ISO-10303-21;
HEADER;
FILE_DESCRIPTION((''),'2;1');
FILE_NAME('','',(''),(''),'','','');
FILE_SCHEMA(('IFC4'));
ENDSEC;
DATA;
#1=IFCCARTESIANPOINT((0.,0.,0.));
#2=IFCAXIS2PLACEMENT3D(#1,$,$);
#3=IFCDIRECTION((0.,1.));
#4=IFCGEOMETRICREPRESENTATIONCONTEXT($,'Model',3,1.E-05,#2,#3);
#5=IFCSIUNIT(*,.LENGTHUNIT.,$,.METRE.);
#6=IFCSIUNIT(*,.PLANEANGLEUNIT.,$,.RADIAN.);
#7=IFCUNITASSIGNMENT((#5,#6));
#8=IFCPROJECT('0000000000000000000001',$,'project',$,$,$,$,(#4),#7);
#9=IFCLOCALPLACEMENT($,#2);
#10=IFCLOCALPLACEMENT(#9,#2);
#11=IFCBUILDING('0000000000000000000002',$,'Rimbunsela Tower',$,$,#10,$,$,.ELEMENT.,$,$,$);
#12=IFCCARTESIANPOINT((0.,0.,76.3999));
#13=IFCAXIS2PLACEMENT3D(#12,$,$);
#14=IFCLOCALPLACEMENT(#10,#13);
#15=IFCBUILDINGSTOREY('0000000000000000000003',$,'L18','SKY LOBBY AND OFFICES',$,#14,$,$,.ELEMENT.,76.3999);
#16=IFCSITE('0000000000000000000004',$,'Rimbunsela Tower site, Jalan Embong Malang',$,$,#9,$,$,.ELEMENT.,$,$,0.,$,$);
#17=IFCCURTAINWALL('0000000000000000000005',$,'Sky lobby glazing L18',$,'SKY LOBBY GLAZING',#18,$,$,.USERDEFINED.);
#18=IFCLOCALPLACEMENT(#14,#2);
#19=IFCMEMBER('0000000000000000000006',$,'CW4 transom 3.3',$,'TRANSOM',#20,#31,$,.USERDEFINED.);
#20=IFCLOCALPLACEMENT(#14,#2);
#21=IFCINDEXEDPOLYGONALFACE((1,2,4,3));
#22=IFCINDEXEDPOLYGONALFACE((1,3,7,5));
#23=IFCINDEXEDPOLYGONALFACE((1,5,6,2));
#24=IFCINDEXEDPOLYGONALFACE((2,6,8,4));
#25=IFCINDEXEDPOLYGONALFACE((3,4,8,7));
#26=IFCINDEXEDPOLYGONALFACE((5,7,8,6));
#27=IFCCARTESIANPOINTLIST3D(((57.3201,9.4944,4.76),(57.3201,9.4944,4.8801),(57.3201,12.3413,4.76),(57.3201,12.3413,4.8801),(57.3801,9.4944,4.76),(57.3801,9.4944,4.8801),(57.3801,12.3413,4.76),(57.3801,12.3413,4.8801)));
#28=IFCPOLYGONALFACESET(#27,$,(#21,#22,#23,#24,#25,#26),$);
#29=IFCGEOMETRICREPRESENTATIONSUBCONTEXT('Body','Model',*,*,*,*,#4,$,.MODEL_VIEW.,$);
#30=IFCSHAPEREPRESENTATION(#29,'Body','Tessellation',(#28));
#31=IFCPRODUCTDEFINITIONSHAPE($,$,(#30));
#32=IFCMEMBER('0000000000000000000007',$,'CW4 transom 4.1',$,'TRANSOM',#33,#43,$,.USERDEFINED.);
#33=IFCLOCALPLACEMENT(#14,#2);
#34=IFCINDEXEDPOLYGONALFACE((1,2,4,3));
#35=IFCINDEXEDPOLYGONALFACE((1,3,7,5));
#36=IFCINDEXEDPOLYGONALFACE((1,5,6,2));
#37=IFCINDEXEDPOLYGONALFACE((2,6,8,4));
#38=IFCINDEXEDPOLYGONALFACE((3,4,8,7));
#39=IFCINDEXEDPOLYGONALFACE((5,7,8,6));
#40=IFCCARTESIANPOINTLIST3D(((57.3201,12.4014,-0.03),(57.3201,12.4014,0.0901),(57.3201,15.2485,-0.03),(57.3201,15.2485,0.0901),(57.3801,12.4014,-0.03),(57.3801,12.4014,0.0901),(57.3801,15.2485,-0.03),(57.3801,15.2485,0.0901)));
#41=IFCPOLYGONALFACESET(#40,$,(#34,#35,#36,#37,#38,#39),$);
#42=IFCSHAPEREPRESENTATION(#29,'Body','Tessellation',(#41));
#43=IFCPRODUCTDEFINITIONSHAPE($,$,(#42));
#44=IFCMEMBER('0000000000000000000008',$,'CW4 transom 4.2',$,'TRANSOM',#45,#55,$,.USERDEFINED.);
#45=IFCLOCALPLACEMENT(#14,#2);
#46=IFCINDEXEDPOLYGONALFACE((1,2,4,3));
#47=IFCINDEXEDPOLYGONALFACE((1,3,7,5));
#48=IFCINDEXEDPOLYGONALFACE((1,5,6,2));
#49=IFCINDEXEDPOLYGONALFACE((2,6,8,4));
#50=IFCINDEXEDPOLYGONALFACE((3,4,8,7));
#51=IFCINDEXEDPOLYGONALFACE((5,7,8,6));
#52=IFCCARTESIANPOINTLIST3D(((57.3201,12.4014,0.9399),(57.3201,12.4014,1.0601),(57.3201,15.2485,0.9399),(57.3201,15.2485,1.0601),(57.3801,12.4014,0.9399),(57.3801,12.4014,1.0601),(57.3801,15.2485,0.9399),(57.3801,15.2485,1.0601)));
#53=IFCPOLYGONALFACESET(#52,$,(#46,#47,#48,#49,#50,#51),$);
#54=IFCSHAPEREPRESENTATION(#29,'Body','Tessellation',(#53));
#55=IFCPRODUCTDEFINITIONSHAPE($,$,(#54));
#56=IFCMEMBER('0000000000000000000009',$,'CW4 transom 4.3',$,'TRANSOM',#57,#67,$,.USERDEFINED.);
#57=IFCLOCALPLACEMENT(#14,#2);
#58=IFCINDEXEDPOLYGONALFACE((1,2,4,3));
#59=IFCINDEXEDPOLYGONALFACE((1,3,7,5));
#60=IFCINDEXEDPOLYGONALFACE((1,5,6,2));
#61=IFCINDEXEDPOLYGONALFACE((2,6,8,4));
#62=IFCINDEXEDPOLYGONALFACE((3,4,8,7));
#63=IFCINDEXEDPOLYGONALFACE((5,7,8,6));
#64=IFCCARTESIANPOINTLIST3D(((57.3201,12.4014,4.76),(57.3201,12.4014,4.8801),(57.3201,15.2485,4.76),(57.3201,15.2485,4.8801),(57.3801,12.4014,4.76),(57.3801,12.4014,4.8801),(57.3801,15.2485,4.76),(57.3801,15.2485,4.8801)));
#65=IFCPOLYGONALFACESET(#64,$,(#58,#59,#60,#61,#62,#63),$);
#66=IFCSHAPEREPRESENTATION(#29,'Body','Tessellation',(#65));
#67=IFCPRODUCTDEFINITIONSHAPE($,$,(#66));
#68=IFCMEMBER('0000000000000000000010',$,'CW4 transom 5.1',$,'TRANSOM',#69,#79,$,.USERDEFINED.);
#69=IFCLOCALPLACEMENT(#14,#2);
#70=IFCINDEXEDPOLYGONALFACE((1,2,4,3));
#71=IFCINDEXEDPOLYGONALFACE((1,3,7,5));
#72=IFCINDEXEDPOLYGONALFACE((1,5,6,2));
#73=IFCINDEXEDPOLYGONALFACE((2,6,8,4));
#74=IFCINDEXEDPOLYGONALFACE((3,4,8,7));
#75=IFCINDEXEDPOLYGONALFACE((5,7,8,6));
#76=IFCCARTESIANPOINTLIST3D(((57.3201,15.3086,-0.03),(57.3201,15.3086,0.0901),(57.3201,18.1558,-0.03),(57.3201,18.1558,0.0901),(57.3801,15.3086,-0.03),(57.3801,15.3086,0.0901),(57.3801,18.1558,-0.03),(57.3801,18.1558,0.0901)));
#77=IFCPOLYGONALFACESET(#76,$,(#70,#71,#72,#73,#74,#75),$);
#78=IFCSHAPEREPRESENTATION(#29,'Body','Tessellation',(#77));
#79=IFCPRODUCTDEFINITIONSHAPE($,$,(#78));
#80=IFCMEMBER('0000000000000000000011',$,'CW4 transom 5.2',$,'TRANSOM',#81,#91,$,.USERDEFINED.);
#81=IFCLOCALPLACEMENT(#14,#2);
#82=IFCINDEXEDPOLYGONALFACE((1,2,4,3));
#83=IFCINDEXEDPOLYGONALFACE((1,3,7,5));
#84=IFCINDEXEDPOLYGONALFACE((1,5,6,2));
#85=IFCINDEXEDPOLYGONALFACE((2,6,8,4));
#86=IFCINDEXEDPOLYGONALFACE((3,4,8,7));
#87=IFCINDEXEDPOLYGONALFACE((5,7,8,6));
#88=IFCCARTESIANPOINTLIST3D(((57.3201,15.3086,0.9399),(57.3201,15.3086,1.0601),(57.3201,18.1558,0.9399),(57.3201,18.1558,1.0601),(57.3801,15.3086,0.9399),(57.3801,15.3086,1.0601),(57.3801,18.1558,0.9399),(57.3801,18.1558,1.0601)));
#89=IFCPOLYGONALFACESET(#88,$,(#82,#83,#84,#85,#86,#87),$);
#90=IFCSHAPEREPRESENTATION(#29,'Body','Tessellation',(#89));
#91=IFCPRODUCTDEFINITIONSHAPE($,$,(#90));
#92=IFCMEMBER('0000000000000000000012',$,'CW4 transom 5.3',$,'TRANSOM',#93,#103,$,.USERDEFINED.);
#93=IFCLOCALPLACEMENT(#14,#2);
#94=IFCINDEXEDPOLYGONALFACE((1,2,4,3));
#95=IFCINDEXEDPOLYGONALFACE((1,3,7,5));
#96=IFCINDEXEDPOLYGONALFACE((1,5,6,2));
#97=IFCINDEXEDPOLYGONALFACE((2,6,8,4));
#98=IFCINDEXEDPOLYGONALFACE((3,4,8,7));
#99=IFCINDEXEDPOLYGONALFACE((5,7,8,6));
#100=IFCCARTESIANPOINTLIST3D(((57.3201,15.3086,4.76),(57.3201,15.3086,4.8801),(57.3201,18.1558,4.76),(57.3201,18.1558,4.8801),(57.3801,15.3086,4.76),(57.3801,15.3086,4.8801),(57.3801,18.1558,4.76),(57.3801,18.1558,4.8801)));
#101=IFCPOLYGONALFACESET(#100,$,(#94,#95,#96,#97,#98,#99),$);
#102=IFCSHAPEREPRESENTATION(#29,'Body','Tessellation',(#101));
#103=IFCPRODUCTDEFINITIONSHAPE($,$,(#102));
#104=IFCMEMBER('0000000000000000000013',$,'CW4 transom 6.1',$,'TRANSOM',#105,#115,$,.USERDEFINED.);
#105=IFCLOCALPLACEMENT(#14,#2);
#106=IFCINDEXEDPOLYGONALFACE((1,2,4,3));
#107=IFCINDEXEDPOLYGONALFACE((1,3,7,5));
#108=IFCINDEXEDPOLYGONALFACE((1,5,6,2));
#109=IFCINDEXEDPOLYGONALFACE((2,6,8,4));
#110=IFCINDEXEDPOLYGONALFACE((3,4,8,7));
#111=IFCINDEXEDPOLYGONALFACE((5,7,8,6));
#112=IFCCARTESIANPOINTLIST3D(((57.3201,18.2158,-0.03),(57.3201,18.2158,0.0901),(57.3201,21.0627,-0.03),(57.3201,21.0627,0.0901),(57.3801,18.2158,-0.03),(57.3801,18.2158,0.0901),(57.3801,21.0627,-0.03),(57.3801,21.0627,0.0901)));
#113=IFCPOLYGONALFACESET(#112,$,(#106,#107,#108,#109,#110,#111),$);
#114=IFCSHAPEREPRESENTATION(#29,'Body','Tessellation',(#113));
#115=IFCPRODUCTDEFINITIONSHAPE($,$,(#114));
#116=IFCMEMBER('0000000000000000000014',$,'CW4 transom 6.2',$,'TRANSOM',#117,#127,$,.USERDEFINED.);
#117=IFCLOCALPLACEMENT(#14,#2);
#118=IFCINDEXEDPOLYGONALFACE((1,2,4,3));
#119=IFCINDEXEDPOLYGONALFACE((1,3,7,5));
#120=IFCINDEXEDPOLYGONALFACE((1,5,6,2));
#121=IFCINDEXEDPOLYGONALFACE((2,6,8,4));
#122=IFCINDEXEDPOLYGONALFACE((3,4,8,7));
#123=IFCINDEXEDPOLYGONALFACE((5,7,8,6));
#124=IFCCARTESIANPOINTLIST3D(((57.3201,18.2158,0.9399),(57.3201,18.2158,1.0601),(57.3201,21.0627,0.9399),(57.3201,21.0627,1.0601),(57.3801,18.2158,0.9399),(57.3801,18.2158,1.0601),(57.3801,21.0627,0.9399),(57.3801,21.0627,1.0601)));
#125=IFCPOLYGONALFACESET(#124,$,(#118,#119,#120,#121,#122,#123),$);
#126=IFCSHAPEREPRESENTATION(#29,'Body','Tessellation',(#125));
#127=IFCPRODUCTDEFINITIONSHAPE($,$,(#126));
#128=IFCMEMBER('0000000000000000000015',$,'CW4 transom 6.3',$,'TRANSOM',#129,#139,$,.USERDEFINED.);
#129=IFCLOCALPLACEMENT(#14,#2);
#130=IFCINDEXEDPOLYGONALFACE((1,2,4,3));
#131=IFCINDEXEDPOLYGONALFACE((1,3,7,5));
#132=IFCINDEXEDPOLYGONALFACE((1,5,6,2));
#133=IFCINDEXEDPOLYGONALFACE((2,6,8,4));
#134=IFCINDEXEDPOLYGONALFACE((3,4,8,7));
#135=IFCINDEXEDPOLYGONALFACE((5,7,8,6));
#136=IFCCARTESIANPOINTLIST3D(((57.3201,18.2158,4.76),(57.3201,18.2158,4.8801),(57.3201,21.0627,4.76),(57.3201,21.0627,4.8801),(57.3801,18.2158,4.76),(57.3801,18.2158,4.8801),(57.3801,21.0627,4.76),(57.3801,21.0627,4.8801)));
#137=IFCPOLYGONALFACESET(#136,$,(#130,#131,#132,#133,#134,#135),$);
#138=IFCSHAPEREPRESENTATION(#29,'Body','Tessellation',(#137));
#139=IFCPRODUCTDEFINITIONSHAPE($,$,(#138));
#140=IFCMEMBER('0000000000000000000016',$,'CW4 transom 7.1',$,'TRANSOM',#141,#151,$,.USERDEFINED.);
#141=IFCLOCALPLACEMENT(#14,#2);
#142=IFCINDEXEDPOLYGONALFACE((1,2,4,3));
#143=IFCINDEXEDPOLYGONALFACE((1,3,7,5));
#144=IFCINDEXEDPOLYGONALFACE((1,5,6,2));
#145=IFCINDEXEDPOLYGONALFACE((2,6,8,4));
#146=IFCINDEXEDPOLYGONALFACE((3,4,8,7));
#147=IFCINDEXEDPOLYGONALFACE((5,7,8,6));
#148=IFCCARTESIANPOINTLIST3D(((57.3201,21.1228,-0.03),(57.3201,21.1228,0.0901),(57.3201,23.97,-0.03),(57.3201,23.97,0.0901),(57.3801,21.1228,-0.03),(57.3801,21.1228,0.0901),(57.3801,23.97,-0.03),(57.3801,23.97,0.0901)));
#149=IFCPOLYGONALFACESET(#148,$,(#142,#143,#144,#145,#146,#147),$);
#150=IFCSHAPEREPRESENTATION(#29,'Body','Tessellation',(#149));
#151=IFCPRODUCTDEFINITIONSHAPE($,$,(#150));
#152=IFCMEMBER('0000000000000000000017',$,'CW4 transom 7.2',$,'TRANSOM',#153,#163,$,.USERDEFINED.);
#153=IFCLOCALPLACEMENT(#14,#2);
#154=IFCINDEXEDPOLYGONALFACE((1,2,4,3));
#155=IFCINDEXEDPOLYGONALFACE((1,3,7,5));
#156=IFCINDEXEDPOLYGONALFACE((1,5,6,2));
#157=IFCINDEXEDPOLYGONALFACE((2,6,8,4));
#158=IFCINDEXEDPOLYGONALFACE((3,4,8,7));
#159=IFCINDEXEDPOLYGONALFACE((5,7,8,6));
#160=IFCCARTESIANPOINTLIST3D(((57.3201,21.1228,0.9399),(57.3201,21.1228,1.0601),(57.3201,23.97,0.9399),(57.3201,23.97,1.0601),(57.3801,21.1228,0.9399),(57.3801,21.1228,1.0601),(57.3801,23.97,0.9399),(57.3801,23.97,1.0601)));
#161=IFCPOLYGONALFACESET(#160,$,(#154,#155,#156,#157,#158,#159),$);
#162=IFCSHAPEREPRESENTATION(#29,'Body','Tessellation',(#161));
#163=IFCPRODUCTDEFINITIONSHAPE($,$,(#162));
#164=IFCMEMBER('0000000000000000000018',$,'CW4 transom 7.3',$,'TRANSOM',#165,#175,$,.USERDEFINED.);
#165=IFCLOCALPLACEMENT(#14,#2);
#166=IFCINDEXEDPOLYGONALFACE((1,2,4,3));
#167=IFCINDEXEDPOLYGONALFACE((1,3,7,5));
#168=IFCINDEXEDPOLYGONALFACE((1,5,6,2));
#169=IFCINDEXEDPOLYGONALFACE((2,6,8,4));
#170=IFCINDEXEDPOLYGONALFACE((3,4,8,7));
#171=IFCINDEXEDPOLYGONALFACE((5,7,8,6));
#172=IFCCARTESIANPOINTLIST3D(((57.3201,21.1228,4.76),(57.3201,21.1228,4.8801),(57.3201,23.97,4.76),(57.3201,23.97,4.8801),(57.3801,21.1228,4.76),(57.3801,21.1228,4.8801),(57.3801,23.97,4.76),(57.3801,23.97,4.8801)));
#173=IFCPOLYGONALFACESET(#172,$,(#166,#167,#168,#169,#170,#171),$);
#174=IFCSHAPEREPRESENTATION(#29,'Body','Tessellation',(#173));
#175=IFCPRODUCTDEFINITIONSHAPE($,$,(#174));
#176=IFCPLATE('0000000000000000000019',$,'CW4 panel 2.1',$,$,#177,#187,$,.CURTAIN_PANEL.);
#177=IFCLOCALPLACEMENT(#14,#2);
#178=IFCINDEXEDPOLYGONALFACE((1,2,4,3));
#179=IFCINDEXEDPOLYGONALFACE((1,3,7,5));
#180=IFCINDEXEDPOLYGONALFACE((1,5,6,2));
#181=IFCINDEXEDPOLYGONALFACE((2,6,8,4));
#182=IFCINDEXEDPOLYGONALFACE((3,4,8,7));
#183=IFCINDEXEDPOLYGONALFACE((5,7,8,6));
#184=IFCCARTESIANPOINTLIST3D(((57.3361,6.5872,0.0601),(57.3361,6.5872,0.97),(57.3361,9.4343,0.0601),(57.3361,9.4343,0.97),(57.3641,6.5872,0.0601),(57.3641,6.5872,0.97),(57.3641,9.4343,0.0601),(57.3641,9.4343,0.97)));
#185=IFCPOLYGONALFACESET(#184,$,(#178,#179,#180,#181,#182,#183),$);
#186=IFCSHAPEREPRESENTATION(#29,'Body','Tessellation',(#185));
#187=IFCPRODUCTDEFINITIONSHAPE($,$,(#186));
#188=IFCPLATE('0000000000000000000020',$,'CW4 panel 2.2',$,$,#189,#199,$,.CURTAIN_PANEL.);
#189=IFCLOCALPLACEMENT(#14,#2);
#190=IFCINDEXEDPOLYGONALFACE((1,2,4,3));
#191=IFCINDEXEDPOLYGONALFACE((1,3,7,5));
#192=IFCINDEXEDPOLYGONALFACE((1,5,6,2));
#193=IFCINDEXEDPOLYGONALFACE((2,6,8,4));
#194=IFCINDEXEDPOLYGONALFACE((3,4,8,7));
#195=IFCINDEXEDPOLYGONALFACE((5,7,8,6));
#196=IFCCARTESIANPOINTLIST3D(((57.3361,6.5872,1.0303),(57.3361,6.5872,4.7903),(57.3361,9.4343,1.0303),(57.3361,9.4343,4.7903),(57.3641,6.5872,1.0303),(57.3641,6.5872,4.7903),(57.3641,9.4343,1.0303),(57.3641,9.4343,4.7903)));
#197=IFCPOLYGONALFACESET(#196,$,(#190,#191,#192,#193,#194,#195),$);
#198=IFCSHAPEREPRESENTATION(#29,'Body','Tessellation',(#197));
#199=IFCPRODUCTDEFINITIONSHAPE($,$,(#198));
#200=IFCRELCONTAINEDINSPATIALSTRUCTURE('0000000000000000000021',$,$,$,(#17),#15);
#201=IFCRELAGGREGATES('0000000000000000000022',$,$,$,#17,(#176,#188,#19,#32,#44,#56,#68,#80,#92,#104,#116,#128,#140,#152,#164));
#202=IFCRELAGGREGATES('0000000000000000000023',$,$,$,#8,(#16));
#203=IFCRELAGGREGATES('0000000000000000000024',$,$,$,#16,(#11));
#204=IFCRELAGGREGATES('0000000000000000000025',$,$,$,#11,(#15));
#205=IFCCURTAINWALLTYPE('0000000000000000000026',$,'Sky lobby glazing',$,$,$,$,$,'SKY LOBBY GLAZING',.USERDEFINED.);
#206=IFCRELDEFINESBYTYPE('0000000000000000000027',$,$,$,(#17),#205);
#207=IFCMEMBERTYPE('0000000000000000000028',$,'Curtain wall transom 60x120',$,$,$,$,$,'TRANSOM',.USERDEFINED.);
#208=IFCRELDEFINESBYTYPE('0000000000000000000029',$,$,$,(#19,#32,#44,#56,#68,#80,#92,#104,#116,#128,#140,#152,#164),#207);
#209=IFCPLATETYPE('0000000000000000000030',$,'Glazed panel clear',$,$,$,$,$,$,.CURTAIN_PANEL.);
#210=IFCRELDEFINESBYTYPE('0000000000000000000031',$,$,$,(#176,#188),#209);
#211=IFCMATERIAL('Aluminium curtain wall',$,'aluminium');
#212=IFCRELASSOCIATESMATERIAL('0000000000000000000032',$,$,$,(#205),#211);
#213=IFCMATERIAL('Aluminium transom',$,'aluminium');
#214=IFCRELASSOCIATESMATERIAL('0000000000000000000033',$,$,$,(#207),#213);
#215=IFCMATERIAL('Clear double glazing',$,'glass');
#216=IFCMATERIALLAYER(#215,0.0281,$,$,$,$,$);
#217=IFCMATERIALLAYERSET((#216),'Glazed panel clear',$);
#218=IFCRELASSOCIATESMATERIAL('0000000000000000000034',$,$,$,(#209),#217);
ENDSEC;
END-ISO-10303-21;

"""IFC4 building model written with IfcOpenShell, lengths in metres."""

from ifc_helpers import new_model, si_unit, direction, frame, origin, origin_2d, place, context, subcontext, project, spatial, rectangle, extrude, material, layer, layer_set, material_profile, profile_set, type_object, element, aggregate, save


model = new_model("IFC4")

# Units and contexts
model_context = context("Model", 3, precision=1e-05, world=origin(), true_north=direction((0.0, 1.0)))
body_context = subcontext(model_context, "Body", "Model", "MODEL_VIEW")
ifc_project = project(units=[si_unit("LENGTHUNIT", "METRE"), si_unit("PLANEANGLEUNIT", "RADIAN")], contexts=[model_context])

# Site, building, storey
site_placement = place(None, origin())
site = spatial("IfcSite", under=ifc_project, at=site_placement, Name="Rimbunsela Tower site, Jalan Embong Malang", CompositionType="ELEMENT", RefElevation=0.0)
building_placement = place(site_placement, origin())
building = spatial("IfcBuilding", under=site, at=building_placement, Name="Rimbunsela Tower", CompositionType="ELEMENT")
storey_placement = place(building_placement, frame((0.0, 0.0, 76.3999)))
storey = spatial("IfcBuildingStorey", under=building, at=storey_placement, Name="L18", Description="SKY LOBBY AND OFFICES", CompositionType="ELEMENT", Elevation=76.3999)

# Curtain wall, members, plates
ifc_material_1 = material(Name="Aluminium curtain wall", Category="aluminium")
curtain_wall_type = type_object("IfcCurtainWallType", Name="Sky lobby glazing", ElementType="SKY LOBBY GLAZING", PredefinedType="USERDEFINED", material=ifc_material_1)
curtain_wall_placement = place(storey_placement, origin())
curtain_wall = element("IfcCurtainWall", 1, at=curtain_wall_placement, inside=storey, type_object=curtain_wall_type, Name="Sky lobby glazing L18", ObjectType="SKY LOBBY GLAZING", PredefinedType="USERDEFINED")
ifc_material_2 = material(Name="Aluminium transom", Category="aluminium")
ifc_material_profile_1 = material_profile(ifc_material_2, rectangle(XDim=0.0601, YDim=0.1201, at=origin_2d()), Name="Transom 60x120")
ifc_profile_set_1 = profile_set([ifc_material_profile_1], Name="Aluminium transom")
member_type_1 = type_object("IfcMemberType", Name="Curtain wall transom 60x120", ElementType="TRANSOM", PredefinedType="USERDEFINED", material=ifc_profile_set_1)
member_1_placement = place(storey_placement, frame((57.3501, 9.4944, 4.8201), z_axis=(0.0, 1.0, 0.0), x_axis=(-1.0, 0.0, 0.0)))
member_1 = element("IfcMember", 2, at=member_1_placement, type_object=member_type_1, Name="CW4 transom 3.3", ObjectType="TRANSOM", PredefinedType="USERDEFINED", context=body_context, shape_type="SweptSolid", body=[
    extrude(rectangle(XDim=0.0601, YDim=0.1201, at=origin_2d()), origin(), (0.0, 0.0, 1.0), 2.8469),
])
member_2_placement = place(storey_placement, frame((57.3501, 12.4014, 0.03), z_axis=(0.0, 1.0, 0.0), x_axis=(-1.0, 0.0, 0.0)))
member_2 = element("IfcMember", 3, at=member_2_placement, type_object=member_type_1, Name="CW4 transom 4.1", ObjectType="TRANSOM", PredefinedType="USERDEFINED", context=body_context, shape_type="SweptSolid", body=[
    extrude(rectangle(XDim=0.0601, YDim=0.1201, at=origin_2d()), origin(), (0.0, 0.0, 1.0), 2.8472),
])
member_3_placement = place(storey_placement, frame((57.3501, 12.4014, 1.0), z_axis=(0.0, 1.0, 0.0), x_axis=(-1.0, 0.0, 0.0)))
member_3 = element("IfcMember", 4, at=member_3_placement, type_object=member_type_1, Name="CW4 transom 4.2", ObjectType="TRANSOM", PredefinedType="USERDEFINED", context=body_context, shape_type="SweptSolid", body=[
    extrude(rectangle(XDim=0.0601, YDim=0.1201, at=origin_2d()), origin(), (0.0, 0.0, 1.0), 2.8472),
])
member_4_placement = place(storey_placement, frame((57.3501, 12.4014, 4.8201), z_axis=(0.0, 1.0, 0.0), x_axis=(-1.0, 0.0, 0.0)))
member_4 = element("IfcMember", 5, at=member_4_placement, type_object=member_type_1, Name="CW4 transom 4.3", ObjectType="TRANSOM", PredefinedType="USERDEFINED", context=body_context, shape_type="SweptSolid", body=[
    extrude(rectangle(XDim=0.0601, YDim=0.1201, at=origin_2d()), origin(), (0.0, 0.0, 1.0), 2.8472),
])
member_5_placement = place(storey_placement, frame((57.3501, 15.3086, 0.03), z_axis=(0.0, 1.0, 0.0), x_axis=(-1.0, 0.0, 0.0)))
member_5 = element("IfcMember", 6, at=member_5_placement, type_object=member_type_1, Name="CW4 transom 5.1", ObjectType="TRANSOM", PredefinedType="USERDEFINED", context=body_context, shape_type="SweptSolid", body=[
    extrude(rectangle(XDim=0.0601, YDim=0.1201, at=origin_2d()), origin(), (0.0, 0.0, 1.0), 2.8472),
])
member_6_placement = place(storey_placement, frame((57.3501, 15.3086, 1.0), z_axis=(0.0, 1.0, 0.0), x_axis=(-1.0, 0.0, 0.0)))
member_6 = element("IfcMember", 7, at=member_6_placement, type_object=member_type_1, Name="CW4 transom 5.2", ObjectType="TRANSOM", PredefinedType="USERDEFINED", context=body_context, shape_type="SweptSolid", body=[
    extrude(rectangle(XDim=0.0601, YDim=0.1201, at=origin_2d()), origin(), (0.0, 0.0, 1.0), 2.8472),
])
member_7_placement = place(storey_placement, frame((57.3501, 15.3086, 4.8201), z_axis=(0.0, 1.0, 0.0), x_axis=(-1.0, 0.0, 0.0)))
member_7 = element("IfcMember", 8, at=member_7_placement, type_object=member_type_1, Name="CW4 transom 5.3", ObjectType="TRANSOM", PredefinedType="USERDEFINED", context=body_context, shape_type="SweptSolid", body=[
    extrude(rectangle(XDim=0.0601, YDim=0.1201, at=origin_2d()), origin(), (0.0, 0.0, 1.0), 2.8472),
])
member_8_placement = place(storey_placement, frame((57.3501, 18.2158, 0.03), z_axis=(0.0, 1.0, 0.0), x_axis=(-1.0, 0.0, 0.0)))
member_8 = element("IfcMember", 9, at=member_8_placement, type_object=member_type_1, Name="CW4 transom 6.1", ObjectType="TRANSOM", PredefinedType="USERDEFINED", context=body_context, shape_type="SweptSolid", body=[
    extrude(rectangle(XDim=0.0601, YDim=0.1201, at=origin_2d()), origin(), (0.0, 0.0, 1.0), 2.8469),
])
member_9_placement = place(storey_placement, frame((57.3501, 18.2158, 1.0), z_axis=(0.0, 1.0, 0.0), x_axis=(-1.0, 0.0, 0.0)))
member_9 = element("IfcMember", 10, at=member_9_placement, type_object=member_type_1, Name="CW4 transom 6.2", ObjectType="TRANSOM", PredefinedType="USERDEFINED", context=body_context, shape_type="SweptSolid", body=[
    extrude(rectangle(XDim=0.0601, YDim=0.1201, at=origin_2d()), origin(), (0.0, 0.0, 1.0), 2.8469),
])
member_10_placement = place(storey_placement, frame((57.3501, 18.2158, 4.8201), z_axis=(0.0, 1.0, 0.0), x_axis=(-1.0, 0.0, 0.0)))
member_10 = element("IfcMember", 11, at=member_10_placement, type_object=member_type_1, Name="CW4 transom 6.3", ObjectType="TRANSOM", PredefinedType="USERDEFINED", context=body_context, shape_type="SweptSolid", body=[
    extrude(rectangle(XDim=0.0601, YDim=0.1201, at=origin_2d()), origin(), (0.0, 0.0, 1.0), 2.8469),
])
member_11_placement = place(storey_placement, frame((57.3501, 21.1228, 0.03), z_axis=(0.0, 1.0, 0.0), x_axis=(-1.0, 0.0, 0.0)))
member_11 = element("IfcMember", 12, at=member_11_placement, type_object=member_type_1, Name="CW4 transom 7.1", ObjectType="TRANSOM", PredefinedType="USERDEFINED", context=body_context, shape_type="SweptSolid", body=[
    extrude(rectangle(XDim=0.0601, YDim=0.1201, at=origin_2d()), origin(), (0.0, 0.0, 1.0), 2.8472),
])
member_12_placement = place(storey_placement, frame((57.3501, 21.1228, 1.0), z_axis=(0.0, 1.0, 0.0), x_axis=(-1.0, 0.0, 0.0)))
member_12 = element("IfcMember", 13, at=member_12_placement, type_object=member_type_1, Name="CW4 transom 7.2", ObjectType="TRANSOM", PredefinedType="USERDEFINED", context=body_context, shape_type="SweptSolid", body=[
    extrude(rectangle(XDim=0.0601, YDim=0.1201, at=origin_2d()), origin(), (0.0, 0.0, 1.0), 2.8472),
])
member_13_placement = place(storey_placement, frame((57.3501, 21.1228, 4.8201), z_axis=(0.0, 1.0, 0.0), x_axis=(-1.0, 0.0, 0.0)))
member_13 = element("IfcMember", 14, at=member_13_placement, type_object=member_type_1, Name="CW4 transom 7.3", ObjectType="TRANSOM", PredefinedType="USERDEFINED", context=body_context, shape_type="SweptSolid", body=[
    extrude(rectangle(XDim=0.0601, YDim=0.1201, at=origin_2d()), origin(), (0.0, 0.0, 1.0), 2.8472),
])
ifc_material_3 = material(Name="Clear double glazing", Category="glass")
ifc_layer = layer(ifc_material_3, 0.0281)
ifc_layer_set = layer_set([ifc_layer], Name="Glazed panel clear")
plate_type = type_object("IfcPlateType", Name="Glazed panel clear", PredefinedType="CURTAIN_PANEL", material=ifc_layer_set)
plate_1_placement = place(storey_placement, frame((57.3501, 8.0107, 0.0601), z_axis=(0.0, 0.0, 1.0), x_axis=(0.0, 1.0, 0.0)))
plate_1 = element("IfcPlate", 15, at=plate_1_placement, type_object=plate_type, Name="CW4 panel 2.1", PredefinedType="CURTAIN_PANEL", context=body_context, shape_type="SweptSolid", body=[
    extrude(rectangle(XDim=2.8472, YDim=0.0281, at=origin_2d()), origin(), (0.0, 0.0, 1.0), 0.9099),
])
plate_2_placement = place(storey_placement, frame((57.3501, 8.0107, 1.0303), z_axis=(0.0, 0.0, 1.0), x_axis=(0.0, 1.0, 0.0)))
plate_2 = element("IfcPlate", 16, at=plate_2_placement, type_object=plate_type, Name="CW4 panel 2.2", PredefinedType="CURTAIN_PANEL", context=body_context, shape_type="SweptSolid", body=[
    extrude(rectangle(XDim=2.8472, YDim=0.0281, at=origin_2d()), origin(), (0.0, 0.0, 1.0), 3.76),
])
aggregate(curtain_wall, [plate_1, plate_2, member_1, member_2, member_3, member_4, member_5, member_6, member_7, member_8, member_9, member_10, member_11, member_12, member_13])

save(model, "model.ifc")
